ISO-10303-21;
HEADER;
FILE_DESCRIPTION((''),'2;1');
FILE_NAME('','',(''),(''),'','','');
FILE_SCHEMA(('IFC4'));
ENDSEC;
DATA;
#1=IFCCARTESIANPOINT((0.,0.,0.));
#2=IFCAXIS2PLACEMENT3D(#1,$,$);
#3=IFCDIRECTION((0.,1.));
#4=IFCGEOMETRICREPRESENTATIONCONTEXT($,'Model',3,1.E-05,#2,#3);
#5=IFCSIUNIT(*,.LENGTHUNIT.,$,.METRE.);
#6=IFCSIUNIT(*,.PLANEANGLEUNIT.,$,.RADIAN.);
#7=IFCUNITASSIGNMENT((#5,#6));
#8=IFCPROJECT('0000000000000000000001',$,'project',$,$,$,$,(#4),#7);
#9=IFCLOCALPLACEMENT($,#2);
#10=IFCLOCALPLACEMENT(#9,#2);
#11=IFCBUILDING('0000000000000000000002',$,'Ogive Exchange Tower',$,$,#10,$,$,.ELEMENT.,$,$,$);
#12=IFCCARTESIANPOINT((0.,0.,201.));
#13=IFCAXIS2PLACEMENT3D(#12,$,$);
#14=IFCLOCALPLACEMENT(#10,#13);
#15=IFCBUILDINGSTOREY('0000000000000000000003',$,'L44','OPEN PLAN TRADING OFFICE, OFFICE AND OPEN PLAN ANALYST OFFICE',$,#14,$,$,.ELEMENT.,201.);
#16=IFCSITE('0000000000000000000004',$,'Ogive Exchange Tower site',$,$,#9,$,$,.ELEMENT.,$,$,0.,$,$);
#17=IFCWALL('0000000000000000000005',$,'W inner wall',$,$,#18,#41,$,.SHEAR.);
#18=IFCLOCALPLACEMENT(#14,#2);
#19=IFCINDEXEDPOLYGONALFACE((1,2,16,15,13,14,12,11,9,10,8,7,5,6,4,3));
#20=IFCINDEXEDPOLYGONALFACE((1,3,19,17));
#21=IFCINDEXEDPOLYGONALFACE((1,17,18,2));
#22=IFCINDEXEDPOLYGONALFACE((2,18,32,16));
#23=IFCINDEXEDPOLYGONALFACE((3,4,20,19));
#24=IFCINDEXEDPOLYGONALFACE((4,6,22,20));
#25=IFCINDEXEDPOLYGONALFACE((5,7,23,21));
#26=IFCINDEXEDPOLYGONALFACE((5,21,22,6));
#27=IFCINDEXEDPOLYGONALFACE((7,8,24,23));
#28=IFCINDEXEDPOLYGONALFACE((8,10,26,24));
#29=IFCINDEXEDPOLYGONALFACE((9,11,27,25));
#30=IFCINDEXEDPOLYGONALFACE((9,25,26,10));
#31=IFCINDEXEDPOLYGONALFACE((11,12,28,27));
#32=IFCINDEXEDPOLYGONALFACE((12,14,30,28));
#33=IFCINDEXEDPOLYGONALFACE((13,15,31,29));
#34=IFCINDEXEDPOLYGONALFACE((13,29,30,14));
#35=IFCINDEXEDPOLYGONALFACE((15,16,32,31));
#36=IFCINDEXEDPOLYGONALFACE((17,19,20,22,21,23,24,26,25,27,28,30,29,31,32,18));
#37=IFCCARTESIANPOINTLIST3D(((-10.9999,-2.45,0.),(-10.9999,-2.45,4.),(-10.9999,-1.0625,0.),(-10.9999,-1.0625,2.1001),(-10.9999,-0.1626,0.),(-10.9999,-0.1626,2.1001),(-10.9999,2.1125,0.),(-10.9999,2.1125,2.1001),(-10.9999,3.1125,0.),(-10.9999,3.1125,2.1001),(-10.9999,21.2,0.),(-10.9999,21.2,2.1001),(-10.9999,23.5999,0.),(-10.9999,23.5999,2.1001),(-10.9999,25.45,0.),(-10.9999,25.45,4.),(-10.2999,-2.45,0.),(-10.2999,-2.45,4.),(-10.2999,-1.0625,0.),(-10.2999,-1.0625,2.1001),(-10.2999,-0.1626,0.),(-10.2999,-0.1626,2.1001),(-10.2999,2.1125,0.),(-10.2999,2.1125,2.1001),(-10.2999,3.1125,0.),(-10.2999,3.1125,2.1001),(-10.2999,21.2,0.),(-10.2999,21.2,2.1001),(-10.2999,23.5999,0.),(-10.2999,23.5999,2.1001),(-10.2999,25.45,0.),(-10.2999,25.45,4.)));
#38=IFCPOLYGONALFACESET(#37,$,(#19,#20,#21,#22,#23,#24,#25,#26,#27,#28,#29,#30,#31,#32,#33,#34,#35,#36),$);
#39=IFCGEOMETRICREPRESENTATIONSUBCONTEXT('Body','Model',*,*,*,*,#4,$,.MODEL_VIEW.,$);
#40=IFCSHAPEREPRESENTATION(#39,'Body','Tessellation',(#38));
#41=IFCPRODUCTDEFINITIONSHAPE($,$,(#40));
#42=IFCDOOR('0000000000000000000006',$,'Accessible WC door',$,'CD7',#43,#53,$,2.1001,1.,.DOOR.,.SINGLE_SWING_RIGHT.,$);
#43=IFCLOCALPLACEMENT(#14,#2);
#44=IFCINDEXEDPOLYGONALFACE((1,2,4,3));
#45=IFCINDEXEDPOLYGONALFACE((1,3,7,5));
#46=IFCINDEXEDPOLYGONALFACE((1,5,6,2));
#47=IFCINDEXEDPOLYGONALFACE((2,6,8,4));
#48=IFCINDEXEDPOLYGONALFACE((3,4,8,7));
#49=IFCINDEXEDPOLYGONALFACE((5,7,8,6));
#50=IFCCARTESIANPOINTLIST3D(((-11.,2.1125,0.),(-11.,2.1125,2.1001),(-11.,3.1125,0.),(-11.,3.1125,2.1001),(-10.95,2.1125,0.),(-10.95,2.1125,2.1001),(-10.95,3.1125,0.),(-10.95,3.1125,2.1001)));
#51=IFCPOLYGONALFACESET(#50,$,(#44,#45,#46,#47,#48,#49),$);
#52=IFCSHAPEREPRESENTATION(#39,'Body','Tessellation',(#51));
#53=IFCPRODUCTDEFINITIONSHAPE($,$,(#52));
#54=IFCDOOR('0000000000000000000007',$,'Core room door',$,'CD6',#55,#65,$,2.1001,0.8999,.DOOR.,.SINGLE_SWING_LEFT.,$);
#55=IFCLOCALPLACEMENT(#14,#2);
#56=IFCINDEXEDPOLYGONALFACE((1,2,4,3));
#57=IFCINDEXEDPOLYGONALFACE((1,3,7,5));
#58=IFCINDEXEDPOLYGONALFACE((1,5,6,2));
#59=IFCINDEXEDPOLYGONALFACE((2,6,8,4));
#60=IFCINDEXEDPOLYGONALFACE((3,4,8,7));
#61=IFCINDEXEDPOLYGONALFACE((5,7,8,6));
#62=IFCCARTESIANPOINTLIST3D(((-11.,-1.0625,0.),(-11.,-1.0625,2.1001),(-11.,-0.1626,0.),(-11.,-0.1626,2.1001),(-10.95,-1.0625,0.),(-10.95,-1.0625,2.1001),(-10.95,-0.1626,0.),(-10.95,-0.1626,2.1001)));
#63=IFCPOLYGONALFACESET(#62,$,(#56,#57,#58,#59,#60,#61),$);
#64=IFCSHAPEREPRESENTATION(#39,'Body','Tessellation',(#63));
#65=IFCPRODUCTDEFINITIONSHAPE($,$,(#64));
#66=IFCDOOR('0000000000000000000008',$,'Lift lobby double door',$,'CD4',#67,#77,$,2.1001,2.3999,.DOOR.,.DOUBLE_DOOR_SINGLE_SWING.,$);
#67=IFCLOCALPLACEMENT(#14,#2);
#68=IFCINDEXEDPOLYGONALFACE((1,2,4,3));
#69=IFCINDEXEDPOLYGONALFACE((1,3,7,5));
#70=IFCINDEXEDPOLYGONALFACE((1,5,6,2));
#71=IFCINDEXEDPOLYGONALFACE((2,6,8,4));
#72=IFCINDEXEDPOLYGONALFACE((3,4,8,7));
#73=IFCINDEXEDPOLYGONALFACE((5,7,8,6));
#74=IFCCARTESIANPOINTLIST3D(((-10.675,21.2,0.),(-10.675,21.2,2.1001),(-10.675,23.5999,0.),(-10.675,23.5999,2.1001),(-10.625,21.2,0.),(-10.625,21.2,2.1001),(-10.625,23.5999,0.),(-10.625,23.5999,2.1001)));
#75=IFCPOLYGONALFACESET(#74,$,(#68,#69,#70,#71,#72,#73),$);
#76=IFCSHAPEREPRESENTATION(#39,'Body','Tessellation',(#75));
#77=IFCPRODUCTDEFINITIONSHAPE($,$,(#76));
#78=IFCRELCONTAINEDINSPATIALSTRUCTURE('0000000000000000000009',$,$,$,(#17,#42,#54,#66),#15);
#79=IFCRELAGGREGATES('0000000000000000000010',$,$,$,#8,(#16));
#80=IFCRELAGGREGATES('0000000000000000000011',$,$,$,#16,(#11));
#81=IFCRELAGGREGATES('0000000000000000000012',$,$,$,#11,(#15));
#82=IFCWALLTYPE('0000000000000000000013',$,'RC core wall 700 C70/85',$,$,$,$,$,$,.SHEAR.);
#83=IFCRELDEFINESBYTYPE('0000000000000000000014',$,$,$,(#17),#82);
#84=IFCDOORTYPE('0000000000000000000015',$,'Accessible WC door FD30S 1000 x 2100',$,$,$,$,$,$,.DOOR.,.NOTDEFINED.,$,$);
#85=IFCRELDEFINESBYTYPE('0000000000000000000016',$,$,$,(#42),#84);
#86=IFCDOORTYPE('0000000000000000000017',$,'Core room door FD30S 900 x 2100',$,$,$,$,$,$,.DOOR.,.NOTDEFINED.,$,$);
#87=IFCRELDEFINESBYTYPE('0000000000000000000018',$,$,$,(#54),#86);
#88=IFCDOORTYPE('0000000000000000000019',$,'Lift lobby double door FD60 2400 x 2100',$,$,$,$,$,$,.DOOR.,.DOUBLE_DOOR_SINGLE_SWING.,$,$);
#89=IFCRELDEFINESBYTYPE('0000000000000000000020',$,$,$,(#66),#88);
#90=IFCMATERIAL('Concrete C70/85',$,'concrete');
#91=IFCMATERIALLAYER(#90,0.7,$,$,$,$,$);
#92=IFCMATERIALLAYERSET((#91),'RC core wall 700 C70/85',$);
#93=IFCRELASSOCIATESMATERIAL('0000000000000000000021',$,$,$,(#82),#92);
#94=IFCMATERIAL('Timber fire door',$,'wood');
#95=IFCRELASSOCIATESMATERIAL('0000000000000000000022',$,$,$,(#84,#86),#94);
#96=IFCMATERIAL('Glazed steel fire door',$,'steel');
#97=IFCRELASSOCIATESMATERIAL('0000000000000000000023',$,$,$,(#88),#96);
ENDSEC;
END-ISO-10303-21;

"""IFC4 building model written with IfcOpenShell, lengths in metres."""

from ifc_helpers import new_model, si_unit, direction, frame, frame_2d, origin, place, context, subcontext, project, spatial, rectangle, extrude, material, layer, layer_set, type_object, element, fill, save


model = new_model("IFC4")

# Units and contexts
model_context = context("Model", 3, precision=1e-05, world=origin(), true_north=direction((0.0, 1.0)))
body_context = subcontext(model_context, "Body", "Model", "MODEL_VIEW")
ifc_project = project(units=[si_unit("LENGTHUNIT", "METRE"), si_unit("PLANEANGLEUNIT", "RADIAN")], contexts=[model_context])

# Site, building, storey
site_placement = place(None, origin())
site = spatial("IfcSite", under=ifc_project, at=site_placement, Name="Ogive Exchange Tower site", CompositionType="ELEMENT", RefElevation=0.0)
building_placement = place(site_placement, origin())
building = spatial("IfcBuilding", under=site, at=building_placement, Name="Ogive Exchange Tower", CompositionType="ELEMENT")
storey_placement = place(building_placement, frame((0.0, 0.0, 201.0)))
storey = spatial("IfcBuildingStorey", under=building, at=storey_placement, Name="L44", Description="OPEN PLAN TRADING OFFICE, OFFICE AND OPEN PLAN ANALYST OFFICE", CompositionType="ELEMENT", Elevation=201.0)

# Shared definitions
ifc_material_1 = material(Name="Concrete C70/85", Category="concrete")

# Wall, openings, doors
ifc_layer_1 = layer(ifc_material_1, 0.7)
ifc_layer_set_1 = layer_set([ifc_layer_1], Name="RC core wall 700 C70/85")
wall_type_1 = type_object("IfcWallType", Name="RC core wall 700 C70/85", PredefinedType="SHEAR", material=ifc_layer_set_1)
wall_1_placement = place(storey_placement, frame((-10.6499, -2.45, 0.0), z_axis=(0.0, 0.0, 1.0), x_axis=(0.0, 1.0, 0.0)))
wall_1 = element("IfcWall", 1, at=wall_1_placement, inside=storey, type_object=wall_type_1, Name="W inner wall", PredefinedType="SHEAR", context=body_context, shape_type="SweptSolid", body=[
    extrude(rectangle(XDim=27.8999, YDim=0.7, at=frame_2d((13.95, 0.0))), origin(), (0.0, 0.0, 1.0), 4.0),
])
opening_1_placement = place(wall_1_placement, frame((23.6499, 0.0, 0.0)))
opening_1 = element("IfcOpeningElement", 2, at=opening_1_placement, cuts=wall_1, PredefinedType="OPENING", context=body_context, shape_type="SweptSolid", body=[
    extrude(rectangle(XDim=2.3999, YDim=2.1001, at=frame_2d((1.2, 1.05))), frame((0.0, 0.3599, 0.0), z_axis=(0.0, -1.0, 0.0), x_axis=(1.0, 0.0, 0.0)), (0.0, 0.0, 1.0), 0.72),
])
opening_2_placement = place(wall_1_placement, frame((1.3875, 0.0, 0.0)))
opening_2 = element("IfcOpeningElement", 3, at=opening_2_placement, cuts=wall_1, PredefinedType="OPENING", context=body_context, shape_type="SweptSolid", body=[
    extrude(rectangle(XDim=0.8999, YDim=2.1001, at=frame_2d((0.45, 1.05))), frame((0.0, 0.3599, 0.0), z_axis=(0.0, -1.0, 0.0), x_axis=(1.0, 0.0, 0.0)), (0.0, 0.0, 1.0), 0.72),
])
opening_3_placement = place(wall_1_placement, frame((4.5625, 0.0, 0.0)))
opening_3 = element("IfcOpeningElement", 4, at=opening_3_placement, cuts=wall_1, PredefinedType="OPENING", context=body_context, shape_type="SweptSolid", body=[
    extrude(rectangle(XDim=1.0, YDim=2.1001, at=frame_2d((0.5, 1.05))), frame((0.0, 0.3599, 0.0), z_axis=(0.0, -1.0, 0.0), x_axis=(1.0, 0.0, 0.0)), (0.0, 0.0, 1.0), 0.72),
])
ifc_material_2 = material(Name="Timber fire door", Category="wood")
door_type_1 = type_object("IfcDoorType", Name="Accessible WC door FD30S 1000 x 2100", OperationType="NOTDEFINED", PredefinedType="DOOR", material=ifc_material_2)
door_1_placement = place(opening_3_placement, origin())
door_1 = element("IfcDoor", 5, at=door_1_placement, inside=storey, type_object=door_type_1, Name="Accessible WC door", ObjectType="CD7", OperationType="SINGLE_SWING_RIGHT", OverallHeight=2.1001, OverallWidth=1.0, PredefinedType="DOOR", context=body_context, shape_type="SweptSolid", body=[
    extrude(rectangle(XDim=1.0, YDim=2.1001, at=frame_2d((0.5, 1.05))), frame((0.0, 0.3501, 0.0), z_axis=(0.0, -1.0, 0.0), x_axis=(1.0, 0.0, 0.0)), (0.0, 0.0, 1.0), 0.05),
])
fill(opening_3, door_1)
door_type_2 = type_object("IfcDoorType", Name="Core room door FD30S 900 x 2100", OperationType="NOTDEFINED", PredefinedType="DOOR", material=ifc_material_2)
door_2_placement = place(opening_2_placement, origin())
door_2 = element("IfcDoor", 6, at=door_2_placement, inside=storey, type_object=door_type_2, Name="Core room door", ObjectType="CD6", OperationType="SINGLE_SWING_LEFT", OverallHeight=2.1001, OverallWidth=0.8999, PredefinedType="DOOR", context=body_context, shape_type="SweptSolid", body=[
    extrude(rectangle(XDim=0.8999, YDim=2.1001, at=frame_2d((0.45, 1.05))), frame((0.0, 0.3501, 0.0), z_axis=(0.0, -1.0, 0.0), x_axis=(1.0, 0.0, 0.0)), (0.0, 0.0, 1.0), 0.05),
])
fill(opening_2, door_2)
ifc_material_3 = material(Name="Glazed steel fire door", Category="steel")
door_type_3 = type_object("IfcDoorType", Name="Lift lobby double door FD60 2400 x 2100", OperationType="DOUBLE_DOOR_SINGLE_SWING", PredefinedType="DOOR", material=ifc_material_3)
door_3_placement = place(opening_1_placement, frame((2.3999, 0.0, 0.0), z_axis=(0.0, 0.0, 1.0), x_axis=(-1.0, 0.0, 0.0)))
door_3 = element("IfcDoor", 7, at=door_3_placement, inside=storey, type_object=door_type_3, Name="Lift lobby double door", ObjectType="CD4", OperationType="DOUBLE_DOOR_SINGLE_SWING", OverallHeight=2.1001, OverallWidth=2.3999, PredefinedType="DOOR", context=body_context, shape_type="SweptSolid", body=[
    extrude(rectangle(XDim=2.3999, YDim=2.1001, at=frame_2d((1.2, 1.05))), frame((0.0, 0.0249, 0.0), z_axis=(0.0, -1.0, 0.0), x_axis=(1.0, 0.0, 0.0)), (0.0, 0.0, 1.0), 0.05),
])
fill(opening_1, door_3)

save(model, "model.ifc")
